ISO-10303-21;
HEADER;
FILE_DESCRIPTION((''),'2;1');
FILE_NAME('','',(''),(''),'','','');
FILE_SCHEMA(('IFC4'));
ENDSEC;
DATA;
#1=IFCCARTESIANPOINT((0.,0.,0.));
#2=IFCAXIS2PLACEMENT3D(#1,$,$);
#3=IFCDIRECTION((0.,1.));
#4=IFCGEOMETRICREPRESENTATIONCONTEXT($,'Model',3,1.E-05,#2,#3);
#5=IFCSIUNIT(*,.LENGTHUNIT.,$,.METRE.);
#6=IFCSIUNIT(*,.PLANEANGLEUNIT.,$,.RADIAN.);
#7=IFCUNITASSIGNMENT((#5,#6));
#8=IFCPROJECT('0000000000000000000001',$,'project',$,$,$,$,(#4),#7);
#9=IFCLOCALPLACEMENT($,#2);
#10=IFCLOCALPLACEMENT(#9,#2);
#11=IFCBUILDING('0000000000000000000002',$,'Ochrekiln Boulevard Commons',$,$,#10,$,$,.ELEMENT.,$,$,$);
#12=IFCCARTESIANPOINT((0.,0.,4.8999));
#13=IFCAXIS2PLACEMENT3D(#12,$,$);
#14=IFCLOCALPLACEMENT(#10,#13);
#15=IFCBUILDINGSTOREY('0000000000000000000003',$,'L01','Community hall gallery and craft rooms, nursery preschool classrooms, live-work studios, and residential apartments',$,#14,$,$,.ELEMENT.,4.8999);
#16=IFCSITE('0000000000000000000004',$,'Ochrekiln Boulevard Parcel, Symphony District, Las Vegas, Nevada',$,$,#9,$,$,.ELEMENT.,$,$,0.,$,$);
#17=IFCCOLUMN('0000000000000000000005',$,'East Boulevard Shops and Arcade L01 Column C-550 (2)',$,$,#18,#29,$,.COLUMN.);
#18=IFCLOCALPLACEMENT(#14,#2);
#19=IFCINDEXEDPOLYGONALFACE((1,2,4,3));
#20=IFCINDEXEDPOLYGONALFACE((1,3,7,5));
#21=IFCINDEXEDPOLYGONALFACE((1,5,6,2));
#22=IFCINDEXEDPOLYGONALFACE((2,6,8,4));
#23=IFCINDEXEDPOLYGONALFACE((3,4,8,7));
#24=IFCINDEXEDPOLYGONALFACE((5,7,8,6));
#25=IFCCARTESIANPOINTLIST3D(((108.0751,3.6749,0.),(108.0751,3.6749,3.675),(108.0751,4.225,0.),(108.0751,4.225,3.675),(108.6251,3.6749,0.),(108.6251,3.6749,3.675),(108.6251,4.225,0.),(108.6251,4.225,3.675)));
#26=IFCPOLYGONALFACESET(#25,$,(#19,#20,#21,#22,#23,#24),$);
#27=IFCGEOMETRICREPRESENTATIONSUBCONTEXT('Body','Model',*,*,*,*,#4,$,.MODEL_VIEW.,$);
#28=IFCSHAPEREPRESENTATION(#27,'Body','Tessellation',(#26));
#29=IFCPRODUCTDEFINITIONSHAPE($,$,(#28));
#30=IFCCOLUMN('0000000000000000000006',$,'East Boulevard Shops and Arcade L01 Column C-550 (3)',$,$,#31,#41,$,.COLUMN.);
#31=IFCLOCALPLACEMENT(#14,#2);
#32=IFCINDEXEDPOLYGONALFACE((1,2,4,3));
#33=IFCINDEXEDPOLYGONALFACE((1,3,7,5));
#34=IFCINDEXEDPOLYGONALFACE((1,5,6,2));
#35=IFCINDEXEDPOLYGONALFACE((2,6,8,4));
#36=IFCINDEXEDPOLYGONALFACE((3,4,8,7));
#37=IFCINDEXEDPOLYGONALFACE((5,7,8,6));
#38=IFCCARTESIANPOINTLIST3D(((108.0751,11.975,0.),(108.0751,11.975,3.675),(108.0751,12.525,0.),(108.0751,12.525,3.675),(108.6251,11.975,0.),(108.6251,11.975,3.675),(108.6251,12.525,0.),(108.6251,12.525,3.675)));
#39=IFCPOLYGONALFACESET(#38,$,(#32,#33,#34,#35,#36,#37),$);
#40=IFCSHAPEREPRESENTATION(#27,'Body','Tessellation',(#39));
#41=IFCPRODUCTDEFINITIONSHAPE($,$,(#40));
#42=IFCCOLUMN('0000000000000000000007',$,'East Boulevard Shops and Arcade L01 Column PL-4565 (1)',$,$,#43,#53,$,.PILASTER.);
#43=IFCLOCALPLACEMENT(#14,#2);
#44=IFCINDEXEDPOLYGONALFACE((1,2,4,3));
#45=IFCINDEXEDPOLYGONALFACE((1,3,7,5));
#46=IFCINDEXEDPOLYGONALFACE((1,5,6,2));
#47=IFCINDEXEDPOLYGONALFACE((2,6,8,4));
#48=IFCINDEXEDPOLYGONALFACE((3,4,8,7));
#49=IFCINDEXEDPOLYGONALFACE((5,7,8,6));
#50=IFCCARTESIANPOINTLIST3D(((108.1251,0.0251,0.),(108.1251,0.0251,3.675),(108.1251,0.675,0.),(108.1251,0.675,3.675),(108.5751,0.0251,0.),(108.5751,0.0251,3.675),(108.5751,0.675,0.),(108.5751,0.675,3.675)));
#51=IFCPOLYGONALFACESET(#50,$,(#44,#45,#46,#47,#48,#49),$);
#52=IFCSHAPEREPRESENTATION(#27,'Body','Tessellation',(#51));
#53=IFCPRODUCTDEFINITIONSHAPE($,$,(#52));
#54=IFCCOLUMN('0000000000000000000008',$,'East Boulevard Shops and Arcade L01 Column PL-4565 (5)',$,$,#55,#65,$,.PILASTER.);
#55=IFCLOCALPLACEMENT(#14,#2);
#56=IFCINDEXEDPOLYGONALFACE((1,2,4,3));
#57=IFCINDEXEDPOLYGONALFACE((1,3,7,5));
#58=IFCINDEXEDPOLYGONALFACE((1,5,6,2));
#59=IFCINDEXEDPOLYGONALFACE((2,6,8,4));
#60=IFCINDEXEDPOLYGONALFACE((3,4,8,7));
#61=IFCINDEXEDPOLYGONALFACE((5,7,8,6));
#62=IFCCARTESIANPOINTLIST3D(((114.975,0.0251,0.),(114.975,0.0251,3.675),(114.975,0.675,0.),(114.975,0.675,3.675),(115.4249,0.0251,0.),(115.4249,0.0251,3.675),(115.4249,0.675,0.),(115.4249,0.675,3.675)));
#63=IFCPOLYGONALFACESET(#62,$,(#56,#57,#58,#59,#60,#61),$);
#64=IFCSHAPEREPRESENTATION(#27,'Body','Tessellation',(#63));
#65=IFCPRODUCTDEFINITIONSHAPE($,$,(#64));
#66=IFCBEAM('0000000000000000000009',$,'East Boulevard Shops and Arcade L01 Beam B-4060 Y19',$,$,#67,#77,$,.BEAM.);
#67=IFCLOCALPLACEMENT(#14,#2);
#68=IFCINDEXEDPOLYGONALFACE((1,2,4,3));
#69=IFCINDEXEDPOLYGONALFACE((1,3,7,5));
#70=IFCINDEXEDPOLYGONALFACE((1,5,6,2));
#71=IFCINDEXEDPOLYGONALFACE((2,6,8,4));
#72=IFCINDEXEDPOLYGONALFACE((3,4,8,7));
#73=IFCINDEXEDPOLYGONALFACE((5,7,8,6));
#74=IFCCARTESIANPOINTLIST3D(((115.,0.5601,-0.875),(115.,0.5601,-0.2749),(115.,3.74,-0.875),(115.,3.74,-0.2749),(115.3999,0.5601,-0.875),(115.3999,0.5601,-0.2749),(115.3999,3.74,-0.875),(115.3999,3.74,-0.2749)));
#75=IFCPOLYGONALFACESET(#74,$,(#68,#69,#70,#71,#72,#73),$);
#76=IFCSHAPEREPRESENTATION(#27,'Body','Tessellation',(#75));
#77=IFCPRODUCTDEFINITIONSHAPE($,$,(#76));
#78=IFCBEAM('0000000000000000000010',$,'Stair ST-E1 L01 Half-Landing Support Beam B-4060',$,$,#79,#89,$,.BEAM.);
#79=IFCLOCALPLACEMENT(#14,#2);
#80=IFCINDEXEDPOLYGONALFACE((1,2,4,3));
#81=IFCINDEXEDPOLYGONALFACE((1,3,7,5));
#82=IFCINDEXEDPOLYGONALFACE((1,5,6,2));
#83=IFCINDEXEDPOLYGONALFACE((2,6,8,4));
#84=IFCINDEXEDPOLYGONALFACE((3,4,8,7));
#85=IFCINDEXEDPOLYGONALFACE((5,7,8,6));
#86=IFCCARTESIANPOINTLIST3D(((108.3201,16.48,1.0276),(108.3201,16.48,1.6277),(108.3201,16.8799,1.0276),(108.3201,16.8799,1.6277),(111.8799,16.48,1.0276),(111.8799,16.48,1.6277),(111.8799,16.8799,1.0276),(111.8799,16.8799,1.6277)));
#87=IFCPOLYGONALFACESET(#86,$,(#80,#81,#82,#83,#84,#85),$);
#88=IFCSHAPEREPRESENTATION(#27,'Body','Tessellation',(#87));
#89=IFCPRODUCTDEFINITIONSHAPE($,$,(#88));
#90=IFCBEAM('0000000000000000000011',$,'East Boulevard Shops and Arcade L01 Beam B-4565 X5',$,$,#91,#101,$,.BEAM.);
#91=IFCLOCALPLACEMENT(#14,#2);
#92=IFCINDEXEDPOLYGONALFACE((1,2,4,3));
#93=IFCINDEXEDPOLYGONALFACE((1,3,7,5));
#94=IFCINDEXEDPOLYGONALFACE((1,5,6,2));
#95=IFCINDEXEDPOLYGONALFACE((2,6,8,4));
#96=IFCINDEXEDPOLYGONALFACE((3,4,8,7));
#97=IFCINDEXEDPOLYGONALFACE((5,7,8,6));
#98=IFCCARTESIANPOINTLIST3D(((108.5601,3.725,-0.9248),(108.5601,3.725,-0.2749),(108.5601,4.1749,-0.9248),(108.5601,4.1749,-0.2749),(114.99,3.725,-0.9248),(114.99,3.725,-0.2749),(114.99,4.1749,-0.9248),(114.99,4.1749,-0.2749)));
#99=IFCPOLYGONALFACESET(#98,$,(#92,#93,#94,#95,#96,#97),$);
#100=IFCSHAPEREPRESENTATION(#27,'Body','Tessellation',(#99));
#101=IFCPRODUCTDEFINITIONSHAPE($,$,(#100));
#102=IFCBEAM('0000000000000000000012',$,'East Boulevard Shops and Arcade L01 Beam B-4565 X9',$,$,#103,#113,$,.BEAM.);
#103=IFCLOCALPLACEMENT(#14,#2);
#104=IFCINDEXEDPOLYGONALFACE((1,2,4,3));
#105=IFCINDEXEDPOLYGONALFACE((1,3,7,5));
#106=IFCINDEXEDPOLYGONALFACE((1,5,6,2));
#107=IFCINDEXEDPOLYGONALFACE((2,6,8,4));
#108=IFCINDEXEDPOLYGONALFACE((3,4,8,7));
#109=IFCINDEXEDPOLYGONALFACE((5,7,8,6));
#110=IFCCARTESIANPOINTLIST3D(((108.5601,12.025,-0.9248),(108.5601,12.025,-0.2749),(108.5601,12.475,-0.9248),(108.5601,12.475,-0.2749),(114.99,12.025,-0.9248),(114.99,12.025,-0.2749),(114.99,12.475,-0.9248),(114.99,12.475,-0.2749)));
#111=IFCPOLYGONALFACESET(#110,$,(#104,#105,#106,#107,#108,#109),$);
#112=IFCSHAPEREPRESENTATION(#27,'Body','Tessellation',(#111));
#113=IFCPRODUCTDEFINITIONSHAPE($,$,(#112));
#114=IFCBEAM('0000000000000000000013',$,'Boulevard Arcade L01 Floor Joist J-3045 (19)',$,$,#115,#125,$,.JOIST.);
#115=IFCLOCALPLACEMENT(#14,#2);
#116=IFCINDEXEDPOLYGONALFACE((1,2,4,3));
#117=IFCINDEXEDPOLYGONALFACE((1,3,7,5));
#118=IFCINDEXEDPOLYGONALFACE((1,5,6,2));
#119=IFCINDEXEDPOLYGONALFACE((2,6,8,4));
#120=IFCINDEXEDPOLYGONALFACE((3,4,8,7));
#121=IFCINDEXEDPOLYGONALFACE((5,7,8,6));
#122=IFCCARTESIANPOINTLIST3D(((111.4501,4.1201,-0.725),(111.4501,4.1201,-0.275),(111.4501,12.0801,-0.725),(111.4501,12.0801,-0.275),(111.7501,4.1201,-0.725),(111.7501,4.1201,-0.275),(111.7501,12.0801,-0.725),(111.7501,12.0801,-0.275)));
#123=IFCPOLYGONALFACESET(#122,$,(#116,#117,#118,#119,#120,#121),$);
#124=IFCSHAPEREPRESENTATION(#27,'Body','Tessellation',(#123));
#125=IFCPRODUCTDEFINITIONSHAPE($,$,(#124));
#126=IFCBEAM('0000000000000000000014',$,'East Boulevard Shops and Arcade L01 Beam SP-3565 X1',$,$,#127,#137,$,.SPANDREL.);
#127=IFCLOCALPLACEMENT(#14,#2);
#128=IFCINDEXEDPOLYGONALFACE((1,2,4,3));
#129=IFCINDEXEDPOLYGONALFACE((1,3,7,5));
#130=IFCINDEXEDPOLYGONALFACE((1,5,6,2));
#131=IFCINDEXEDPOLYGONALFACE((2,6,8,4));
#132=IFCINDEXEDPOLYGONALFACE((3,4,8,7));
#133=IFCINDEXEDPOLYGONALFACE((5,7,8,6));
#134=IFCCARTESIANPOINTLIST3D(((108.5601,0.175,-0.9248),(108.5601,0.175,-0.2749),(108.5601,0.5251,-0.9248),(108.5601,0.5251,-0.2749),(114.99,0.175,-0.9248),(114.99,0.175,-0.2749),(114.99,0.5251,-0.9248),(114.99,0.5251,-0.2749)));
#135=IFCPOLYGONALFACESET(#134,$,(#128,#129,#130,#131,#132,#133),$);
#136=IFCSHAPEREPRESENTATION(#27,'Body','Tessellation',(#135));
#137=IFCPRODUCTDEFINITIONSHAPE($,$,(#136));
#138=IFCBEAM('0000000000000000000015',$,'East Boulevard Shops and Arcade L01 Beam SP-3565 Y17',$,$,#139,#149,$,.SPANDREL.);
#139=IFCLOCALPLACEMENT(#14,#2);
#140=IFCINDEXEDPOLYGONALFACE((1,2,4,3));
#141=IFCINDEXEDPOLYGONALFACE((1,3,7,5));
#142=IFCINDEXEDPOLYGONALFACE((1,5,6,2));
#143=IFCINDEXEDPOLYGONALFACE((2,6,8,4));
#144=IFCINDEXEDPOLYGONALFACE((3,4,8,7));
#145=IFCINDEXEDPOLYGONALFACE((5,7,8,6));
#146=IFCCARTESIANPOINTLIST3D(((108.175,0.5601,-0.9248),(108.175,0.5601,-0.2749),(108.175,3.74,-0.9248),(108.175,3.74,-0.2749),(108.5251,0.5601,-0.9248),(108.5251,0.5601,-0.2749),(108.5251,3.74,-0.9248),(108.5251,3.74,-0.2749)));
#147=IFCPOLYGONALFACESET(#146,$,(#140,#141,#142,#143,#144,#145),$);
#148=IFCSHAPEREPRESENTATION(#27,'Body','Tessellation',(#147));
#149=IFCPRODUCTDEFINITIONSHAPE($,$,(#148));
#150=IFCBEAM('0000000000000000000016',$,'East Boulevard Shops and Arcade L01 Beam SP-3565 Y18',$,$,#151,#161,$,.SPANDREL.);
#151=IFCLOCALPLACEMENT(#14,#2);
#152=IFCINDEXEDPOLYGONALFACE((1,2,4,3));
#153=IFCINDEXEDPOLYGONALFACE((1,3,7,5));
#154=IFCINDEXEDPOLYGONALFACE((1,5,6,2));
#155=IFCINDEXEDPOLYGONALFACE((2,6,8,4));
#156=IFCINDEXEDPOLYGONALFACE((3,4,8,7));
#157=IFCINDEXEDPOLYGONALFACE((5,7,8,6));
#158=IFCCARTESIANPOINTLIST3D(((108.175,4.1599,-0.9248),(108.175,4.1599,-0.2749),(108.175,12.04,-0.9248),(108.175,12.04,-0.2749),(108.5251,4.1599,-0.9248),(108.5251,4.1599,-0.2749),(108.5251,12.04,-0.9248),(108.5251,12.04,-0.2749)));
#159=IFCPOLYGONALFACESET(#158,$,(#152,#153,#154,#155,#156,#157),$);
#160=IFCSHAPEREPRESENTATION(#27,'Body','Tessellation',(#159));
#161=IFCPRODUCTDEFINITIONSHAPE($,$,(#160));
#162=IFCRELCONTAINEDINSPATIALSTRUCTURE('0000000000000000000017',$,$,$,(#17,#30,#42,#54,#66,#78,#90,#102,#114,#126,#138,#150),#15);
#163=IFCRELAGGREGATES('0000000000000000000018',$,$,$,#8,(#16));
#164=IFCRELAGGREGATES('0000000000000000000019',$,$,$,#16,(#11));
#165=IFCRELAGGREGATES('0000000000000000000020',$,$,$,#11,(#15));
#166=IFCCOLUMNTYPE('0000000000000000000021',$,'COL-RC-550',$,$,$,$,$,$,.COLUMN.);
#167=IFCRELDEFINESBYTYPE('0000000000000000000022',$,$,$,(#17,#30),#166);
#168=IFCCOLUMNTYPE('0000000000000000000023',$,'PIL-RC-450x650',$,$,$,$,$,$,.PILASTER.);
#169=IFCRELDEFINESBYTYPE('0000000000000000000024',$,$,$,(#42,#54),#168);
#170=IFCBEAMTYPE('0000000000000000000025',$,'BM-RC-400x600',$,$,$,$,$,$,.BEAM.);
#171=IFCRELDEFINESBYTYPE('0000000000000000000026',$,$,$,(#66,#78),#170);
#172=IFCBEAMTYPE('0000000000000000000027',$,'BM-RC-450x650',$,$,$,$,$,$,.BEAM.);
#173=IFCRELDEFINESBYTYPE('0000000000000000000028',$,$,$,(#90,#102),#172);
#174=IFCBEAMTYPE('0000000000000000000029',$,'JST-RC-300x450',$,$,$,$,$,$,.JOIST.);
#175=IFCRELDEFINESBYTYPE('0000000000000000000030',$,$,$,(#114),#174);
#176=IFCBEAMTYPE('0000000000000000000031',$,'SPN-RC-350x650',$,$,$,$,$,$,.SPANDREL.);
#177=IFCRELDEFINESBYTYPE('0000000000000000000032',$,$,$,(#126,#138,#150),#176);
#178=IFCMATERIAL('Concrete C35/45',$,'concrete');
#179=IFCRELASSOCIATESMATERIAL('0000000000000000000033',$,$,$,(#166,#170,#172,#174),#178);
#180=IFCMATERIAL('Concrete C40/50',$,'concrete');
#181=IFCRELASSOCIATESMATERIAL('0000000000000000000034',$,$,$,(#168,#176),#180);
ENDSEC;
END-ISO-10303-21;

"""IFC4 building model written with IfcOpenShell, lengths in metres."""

from ifc_helpers import new_model, si_unit, direction, frame, origin, origin_2d, place, context, subcontext, project, spatial, rectangle, extrude, material, material_profile, profile_set, type_object, element, save


model = new_model("IFC4")

# Units and contexts
model_context = context("Model", 3, precision=1e-05, world=origin(), true_north=direction((0.0, 1.0)))
body_context = subcontext(model_context, "Body", "Model", "MODEL_VIEW")
ifc_project = project(units=[si_unit("LENGTHUNIT", "METRE"), si_unit("PLANEANGLEUNIT", "RADIAN")], contexts=[model_context])

# Site, building, storey
site_placement = place(None, origin())
site = spatial("IfcSite", under=ifc_project, at=site_placement, Name="Ochrekiln Boulevard Parcel, Symphony District, Las Vegas, Nevada", CompositionType="ELEMENT", RefElevation=0.0)
building_placement = place(site_placement, origin())
building = spatial("IfcBuilding", under=site, at=building_placement, Name="Ochrekiln Boulevard Commons", CompositionType="ELEMENT")
storey_placement = place(building_placement, frame((0.0, 0.0, 4.8999)))
storey = spatial("IfcBuildingStorey", under=building, at=storey_placement, Name="L01", Description="Community hall gallery and craft rooms, nursery preschool classrooms, live-work studios, and residential apartments", CompositionType="ELEMENT", Elevation=4.8999)

# Columns
ifc_material_1 = material(Name="Concrete C35/45", Category="concrete")
ifc_material_profile_1 = material_profile(ifc_material_1, rectangle(XDim=0.55, YDim=0.55, at=origin_2d()), Name="RC-COL-550x550")
ifc_profile_set_1 = profile_set([ifc_material_profile_1], Name="Concrete C35/45")
column_type_1 = type_object("IfcColumnType", Name="COL-RC-550", PredefinedType="COLUMN", material=ifc_profile_set_1)
for number, where, z_axis, x_axis, name in (
    (1, (108.3501, 3.95, 0.0), (0.0, 0.0, 1.0), (1.0, 0.0, 0.0), "East Boulevard Shops and Arcade L01 Column C-550 (2)"),
    (2, (108.3501, 12.25, 0.0), (0.0, 0.0, 1.0), (1.0, 0.0, 0.0), "East Boulevard Shops and Arcade L01 Column C-550 (3)"),
):
    element("IfcColumn", number, at=place(storey_placement, frame(where, z_axis=z_axis, x_axis=x_axis)), inside=storey, type_object=column_type_1, Name=name, PredefinedType="COLUMN", context=body_context, shape_type="SweptSolid", body=[
        extrude(rectangle(XDim=0.55, YDim=0.55, at=origin_2d()), origin(), (0.0, 0.0, 1.0), 3.675),
    ])
ifc_material_2 = material(Name="Concrete C40/50", Category="concrete")
ifc_material_profile_2 = material_profile(ifc_material_2, rectangle(XDim=0.45, YDim=0.6499, at=origin_2d()), Name="RC-PIL-450x650")
ifc_profile_set_2 = profile_set([ifc_material_profile_2], Name="Concrete C40/50")
column_type_2 = type_object("IfcColumnType", Name="PIL-RC-450x650", PredefinedType="PILASTER", material=ifc_profile_set_2)
for number, where, z_axis, x_axis, name in (
    (3, (108.3501, 0.3501, 0.0), (0.0, 0.0, 1.0), (1.0, 0.0, 0.0), "East Boulevard Shops and Arcade L01 Column PL-4565 (1)"),
    (4, (115.2, 0.3501, 0.0), (0.0, 0.0, 1.0), (1.0, 0.0, 0.0), "East Boulevard Shops and Arcade L01 Column PL-4565 (5)"),
):
    element("IfcColumn", number, at=place(storey_placement, frame(where, z_axis=z_axis, x_axis=x_axis)), inside=storey, type_object=column_type_2, Name=name, PredefinedType="PILASTER", context=body_context, shape_type="SweptSolid", body=[
        extrude(rectangle(XDim=0.45, YDim=0.6499, at=origin_2d()), origin(), (0.0, 0.0, 1.0), 3.675),
    ])

# Beams
ifc_material_profile_3 = material_profile(ifc_material_1, rectangle(XDim=0.3999, YDim=0.6001, at=origin_2d()), Name="RC-BM-400x600")
ifc_profile_set_3 = profile_set([ifc_material_profile_3], Name="Concrete C35/45")
beam_type_1 = type_object("IfcBeamType", Name="BM-RC-400x600", PredefinedType="BEAM", material=ifc_profile_set_3)
beam_1_placement = place(storey_placement, frame((115.2, 0.5601, -0.575), z_axis=(0.0, 1.0, 0.0), x_axis=(-1.0, 0.0, 0.0)))
element("IfcBeam", 5, at=beam_1_placement, inside=storey, type_object=beam_type_1, Name="East Boulevard Shops and Arcade L01 Beam B-4060 Y19", PredefinedType="BEAM", context=body_context, shape_type="SweptSolid", body=[
    extrude(rectangle(XDim=0.3999, YDim=0.6001, at=origin_2d()), origin(), (0.0, 0.0, 1.0), 3.1799),
])
beam_2_placement = place(storey_placement, frame((108.3201, 16.6799, 1.3276), z_axis=(1.0, 0.0, 0.0), x_axis=(0.0, 1.0, 0.0)))
element("IfcBeam", 6, at=beam_2_placement, inside=storey, type_object=beam_type_1, Name="Stair ST-E1 L01 Half-Landing Support Beam B-4060", PredefinedType="BEAM", context=body_context, shape_type="SweptSolid", body=[
    extrude(rectangle(XDim=0.3999, YDim=0.6001, at=origin_2d()), origin(), (0.0, 0.0, 1.0), 3.5598),
])
ifc_material_profile_4 = material_profile(ifc_material_1, rectangle(XDim=0.45, YDim=0.6499, at=origin_2d()), Name="RC-BM-450x650")
ifc_profile_set_4 = profile_set([ifc_material_profile_4], Name="Concrete C35/45")
beam_type_2 = type_object("IfcBeamType", Name="BM-RC-450x650", PredefinedType="BEAM", material=ifc_profile_set_4)
for number, where, z_axis, x_axis, name in (
    (7, (108.5601, 3.95, -0.5999), (1.0, 0.0, 0.0), (0.0, 1.0, 0.0), "East Boulevard Shops and Arcade L01 Beam B-4565 X5"),
    (8, (108.5601, 12.25, -0.5999), (1.0, 0.0, 0.0), (0.0, 1.0, 0.0), "East Boulevard Shops and Arcade L01 Beam B-4565 X9"),
):
    element("IfcBeam", number, at=place(storey_placement, frame(where, z_axis=z_axis, x_axis=x_axis)), inside=storey, type_object=beam_type_2, Name=name, PredefinedType="BEAM", context=body_context, shape_type="SweptSolid", body=[
        extrude(rectangle(XDim=0.45, YDim=0.6499, at=origin_2d()), origin(), (0.0, 0.0, 1.0), 6.4299),
    ])
ifc_material_profile_5 = material_profile(ifc_material_1, rectangle(XDim=0.3, YDim=0.45, at=origin_2d()), Name="RC-JST-300x450")
ifc_profile_set_5 = profile_set([ifc_material_profile_5], Name="Concrete C35/45")
beam_type_3 = type_object("IfcBeamType", Name="JST-RC-300x450", PredefinedType="JOIST", material=ifc_profile_set_5)
beam_3_placement = place(storey_placement, frame((111.6001, 4.1201, -0.5), z_axis=(0.0, 1.0, 0.0), x_axis=(-1.0, 0.0, 0.0)))
element("IfcBeam", 9, at=beam_3_placement, inside=storey, type_object=beam_type_3, Name="Boulevard Arcade L01 Floor Joist J-3045 (19)", PredefinedType="JOIST", context=body_context, shape_type="SweptSolid", body=[
    extrude(rectangle(XDim=0.3, YDim=0.45, at=origin_2d()), origin(), (0.0, 0.0, 1.0), 7.96),
])
ifc_material_profile_6 = material_profile(ifc_material_2, rectangle(XDim=0.3501, YDim=0.6499, at=origin_2d()), Name="RC-SPN-350x650")
ifc_profile_set_6 = profile_set([ifc_material_profile_6], Name="Concrete C40/50")
beam_type_4 = type_object("IfcBeamType", Name="SPN-RC-350x650", PredefinedType="SPANDREL", material=ifc_profile_set_6)
beam_4_placement = place(storey_placement, frame((108.5601, 0.3501, -0.5999), z_axis=(1.0, 0.0, 0.0), x_axis=(0.0, 1.0, 0.0)))
element("IfcBeam", 10, at=beam_4_placement, inside=storey, type_object=beam_type_4, Name="East Boulevard Shops and Arcade L01 Beam SP-3565 X1", PredefinedType="SPANDREL", context=body_context, shape_type="SweptSolid", body=[
    extrude(rectangle(XDim=0.3501, YDim=0.6499, at=origin_2d()), origin(), (0.0, 0.0, 1.0), 6.4299),
])
beam_5_placement = place(storey_placement, frame((108.3501, 0.5601, -0.5999), z_axis=(0.0, 1.0, 0.0), x_axis=(-1.0, 0.0, 0.0)))
element("IfcBeam", 11, at=beam_5_placement, inside=storey, type_object=beam_type_4, Name="East Boulevard Shops and Arcade L01 Beam SP-3565 Y17", PredefinedType="SPANDREL", context=body_context, shape_type="SweptSolid", body=[
    extrude(rectangle(XDim=0.3501, YDim=0.6499, at=origin_2d()), origin(), (0.0, 0.0, 1.0), 3.1799),
])
beam_6_placement = place(storey_placement, frame((108.3501, 4.1599, -0.5999), z_axis=(0.0, 1.0, 0.0), x_axis=(-1.0, 0.0, 0.0)))
element("IfcBeam", 12, at=beam_6_placement, inside=storey, type_object=beam_type_4, Name="East Boulevard Shops and Arcade L01 Beam SP-3565 Y18", PredefinedType="SPANDREL", context=body_context, shape_type="SweptSolid", body=[
    extrude(rectangle(XDim=0.3501, YDim=0.6499, at=origin_2d()), origin(), (0.0, 0.0, 1.0), 7.8801),
])

save(model, "model.ifc")
